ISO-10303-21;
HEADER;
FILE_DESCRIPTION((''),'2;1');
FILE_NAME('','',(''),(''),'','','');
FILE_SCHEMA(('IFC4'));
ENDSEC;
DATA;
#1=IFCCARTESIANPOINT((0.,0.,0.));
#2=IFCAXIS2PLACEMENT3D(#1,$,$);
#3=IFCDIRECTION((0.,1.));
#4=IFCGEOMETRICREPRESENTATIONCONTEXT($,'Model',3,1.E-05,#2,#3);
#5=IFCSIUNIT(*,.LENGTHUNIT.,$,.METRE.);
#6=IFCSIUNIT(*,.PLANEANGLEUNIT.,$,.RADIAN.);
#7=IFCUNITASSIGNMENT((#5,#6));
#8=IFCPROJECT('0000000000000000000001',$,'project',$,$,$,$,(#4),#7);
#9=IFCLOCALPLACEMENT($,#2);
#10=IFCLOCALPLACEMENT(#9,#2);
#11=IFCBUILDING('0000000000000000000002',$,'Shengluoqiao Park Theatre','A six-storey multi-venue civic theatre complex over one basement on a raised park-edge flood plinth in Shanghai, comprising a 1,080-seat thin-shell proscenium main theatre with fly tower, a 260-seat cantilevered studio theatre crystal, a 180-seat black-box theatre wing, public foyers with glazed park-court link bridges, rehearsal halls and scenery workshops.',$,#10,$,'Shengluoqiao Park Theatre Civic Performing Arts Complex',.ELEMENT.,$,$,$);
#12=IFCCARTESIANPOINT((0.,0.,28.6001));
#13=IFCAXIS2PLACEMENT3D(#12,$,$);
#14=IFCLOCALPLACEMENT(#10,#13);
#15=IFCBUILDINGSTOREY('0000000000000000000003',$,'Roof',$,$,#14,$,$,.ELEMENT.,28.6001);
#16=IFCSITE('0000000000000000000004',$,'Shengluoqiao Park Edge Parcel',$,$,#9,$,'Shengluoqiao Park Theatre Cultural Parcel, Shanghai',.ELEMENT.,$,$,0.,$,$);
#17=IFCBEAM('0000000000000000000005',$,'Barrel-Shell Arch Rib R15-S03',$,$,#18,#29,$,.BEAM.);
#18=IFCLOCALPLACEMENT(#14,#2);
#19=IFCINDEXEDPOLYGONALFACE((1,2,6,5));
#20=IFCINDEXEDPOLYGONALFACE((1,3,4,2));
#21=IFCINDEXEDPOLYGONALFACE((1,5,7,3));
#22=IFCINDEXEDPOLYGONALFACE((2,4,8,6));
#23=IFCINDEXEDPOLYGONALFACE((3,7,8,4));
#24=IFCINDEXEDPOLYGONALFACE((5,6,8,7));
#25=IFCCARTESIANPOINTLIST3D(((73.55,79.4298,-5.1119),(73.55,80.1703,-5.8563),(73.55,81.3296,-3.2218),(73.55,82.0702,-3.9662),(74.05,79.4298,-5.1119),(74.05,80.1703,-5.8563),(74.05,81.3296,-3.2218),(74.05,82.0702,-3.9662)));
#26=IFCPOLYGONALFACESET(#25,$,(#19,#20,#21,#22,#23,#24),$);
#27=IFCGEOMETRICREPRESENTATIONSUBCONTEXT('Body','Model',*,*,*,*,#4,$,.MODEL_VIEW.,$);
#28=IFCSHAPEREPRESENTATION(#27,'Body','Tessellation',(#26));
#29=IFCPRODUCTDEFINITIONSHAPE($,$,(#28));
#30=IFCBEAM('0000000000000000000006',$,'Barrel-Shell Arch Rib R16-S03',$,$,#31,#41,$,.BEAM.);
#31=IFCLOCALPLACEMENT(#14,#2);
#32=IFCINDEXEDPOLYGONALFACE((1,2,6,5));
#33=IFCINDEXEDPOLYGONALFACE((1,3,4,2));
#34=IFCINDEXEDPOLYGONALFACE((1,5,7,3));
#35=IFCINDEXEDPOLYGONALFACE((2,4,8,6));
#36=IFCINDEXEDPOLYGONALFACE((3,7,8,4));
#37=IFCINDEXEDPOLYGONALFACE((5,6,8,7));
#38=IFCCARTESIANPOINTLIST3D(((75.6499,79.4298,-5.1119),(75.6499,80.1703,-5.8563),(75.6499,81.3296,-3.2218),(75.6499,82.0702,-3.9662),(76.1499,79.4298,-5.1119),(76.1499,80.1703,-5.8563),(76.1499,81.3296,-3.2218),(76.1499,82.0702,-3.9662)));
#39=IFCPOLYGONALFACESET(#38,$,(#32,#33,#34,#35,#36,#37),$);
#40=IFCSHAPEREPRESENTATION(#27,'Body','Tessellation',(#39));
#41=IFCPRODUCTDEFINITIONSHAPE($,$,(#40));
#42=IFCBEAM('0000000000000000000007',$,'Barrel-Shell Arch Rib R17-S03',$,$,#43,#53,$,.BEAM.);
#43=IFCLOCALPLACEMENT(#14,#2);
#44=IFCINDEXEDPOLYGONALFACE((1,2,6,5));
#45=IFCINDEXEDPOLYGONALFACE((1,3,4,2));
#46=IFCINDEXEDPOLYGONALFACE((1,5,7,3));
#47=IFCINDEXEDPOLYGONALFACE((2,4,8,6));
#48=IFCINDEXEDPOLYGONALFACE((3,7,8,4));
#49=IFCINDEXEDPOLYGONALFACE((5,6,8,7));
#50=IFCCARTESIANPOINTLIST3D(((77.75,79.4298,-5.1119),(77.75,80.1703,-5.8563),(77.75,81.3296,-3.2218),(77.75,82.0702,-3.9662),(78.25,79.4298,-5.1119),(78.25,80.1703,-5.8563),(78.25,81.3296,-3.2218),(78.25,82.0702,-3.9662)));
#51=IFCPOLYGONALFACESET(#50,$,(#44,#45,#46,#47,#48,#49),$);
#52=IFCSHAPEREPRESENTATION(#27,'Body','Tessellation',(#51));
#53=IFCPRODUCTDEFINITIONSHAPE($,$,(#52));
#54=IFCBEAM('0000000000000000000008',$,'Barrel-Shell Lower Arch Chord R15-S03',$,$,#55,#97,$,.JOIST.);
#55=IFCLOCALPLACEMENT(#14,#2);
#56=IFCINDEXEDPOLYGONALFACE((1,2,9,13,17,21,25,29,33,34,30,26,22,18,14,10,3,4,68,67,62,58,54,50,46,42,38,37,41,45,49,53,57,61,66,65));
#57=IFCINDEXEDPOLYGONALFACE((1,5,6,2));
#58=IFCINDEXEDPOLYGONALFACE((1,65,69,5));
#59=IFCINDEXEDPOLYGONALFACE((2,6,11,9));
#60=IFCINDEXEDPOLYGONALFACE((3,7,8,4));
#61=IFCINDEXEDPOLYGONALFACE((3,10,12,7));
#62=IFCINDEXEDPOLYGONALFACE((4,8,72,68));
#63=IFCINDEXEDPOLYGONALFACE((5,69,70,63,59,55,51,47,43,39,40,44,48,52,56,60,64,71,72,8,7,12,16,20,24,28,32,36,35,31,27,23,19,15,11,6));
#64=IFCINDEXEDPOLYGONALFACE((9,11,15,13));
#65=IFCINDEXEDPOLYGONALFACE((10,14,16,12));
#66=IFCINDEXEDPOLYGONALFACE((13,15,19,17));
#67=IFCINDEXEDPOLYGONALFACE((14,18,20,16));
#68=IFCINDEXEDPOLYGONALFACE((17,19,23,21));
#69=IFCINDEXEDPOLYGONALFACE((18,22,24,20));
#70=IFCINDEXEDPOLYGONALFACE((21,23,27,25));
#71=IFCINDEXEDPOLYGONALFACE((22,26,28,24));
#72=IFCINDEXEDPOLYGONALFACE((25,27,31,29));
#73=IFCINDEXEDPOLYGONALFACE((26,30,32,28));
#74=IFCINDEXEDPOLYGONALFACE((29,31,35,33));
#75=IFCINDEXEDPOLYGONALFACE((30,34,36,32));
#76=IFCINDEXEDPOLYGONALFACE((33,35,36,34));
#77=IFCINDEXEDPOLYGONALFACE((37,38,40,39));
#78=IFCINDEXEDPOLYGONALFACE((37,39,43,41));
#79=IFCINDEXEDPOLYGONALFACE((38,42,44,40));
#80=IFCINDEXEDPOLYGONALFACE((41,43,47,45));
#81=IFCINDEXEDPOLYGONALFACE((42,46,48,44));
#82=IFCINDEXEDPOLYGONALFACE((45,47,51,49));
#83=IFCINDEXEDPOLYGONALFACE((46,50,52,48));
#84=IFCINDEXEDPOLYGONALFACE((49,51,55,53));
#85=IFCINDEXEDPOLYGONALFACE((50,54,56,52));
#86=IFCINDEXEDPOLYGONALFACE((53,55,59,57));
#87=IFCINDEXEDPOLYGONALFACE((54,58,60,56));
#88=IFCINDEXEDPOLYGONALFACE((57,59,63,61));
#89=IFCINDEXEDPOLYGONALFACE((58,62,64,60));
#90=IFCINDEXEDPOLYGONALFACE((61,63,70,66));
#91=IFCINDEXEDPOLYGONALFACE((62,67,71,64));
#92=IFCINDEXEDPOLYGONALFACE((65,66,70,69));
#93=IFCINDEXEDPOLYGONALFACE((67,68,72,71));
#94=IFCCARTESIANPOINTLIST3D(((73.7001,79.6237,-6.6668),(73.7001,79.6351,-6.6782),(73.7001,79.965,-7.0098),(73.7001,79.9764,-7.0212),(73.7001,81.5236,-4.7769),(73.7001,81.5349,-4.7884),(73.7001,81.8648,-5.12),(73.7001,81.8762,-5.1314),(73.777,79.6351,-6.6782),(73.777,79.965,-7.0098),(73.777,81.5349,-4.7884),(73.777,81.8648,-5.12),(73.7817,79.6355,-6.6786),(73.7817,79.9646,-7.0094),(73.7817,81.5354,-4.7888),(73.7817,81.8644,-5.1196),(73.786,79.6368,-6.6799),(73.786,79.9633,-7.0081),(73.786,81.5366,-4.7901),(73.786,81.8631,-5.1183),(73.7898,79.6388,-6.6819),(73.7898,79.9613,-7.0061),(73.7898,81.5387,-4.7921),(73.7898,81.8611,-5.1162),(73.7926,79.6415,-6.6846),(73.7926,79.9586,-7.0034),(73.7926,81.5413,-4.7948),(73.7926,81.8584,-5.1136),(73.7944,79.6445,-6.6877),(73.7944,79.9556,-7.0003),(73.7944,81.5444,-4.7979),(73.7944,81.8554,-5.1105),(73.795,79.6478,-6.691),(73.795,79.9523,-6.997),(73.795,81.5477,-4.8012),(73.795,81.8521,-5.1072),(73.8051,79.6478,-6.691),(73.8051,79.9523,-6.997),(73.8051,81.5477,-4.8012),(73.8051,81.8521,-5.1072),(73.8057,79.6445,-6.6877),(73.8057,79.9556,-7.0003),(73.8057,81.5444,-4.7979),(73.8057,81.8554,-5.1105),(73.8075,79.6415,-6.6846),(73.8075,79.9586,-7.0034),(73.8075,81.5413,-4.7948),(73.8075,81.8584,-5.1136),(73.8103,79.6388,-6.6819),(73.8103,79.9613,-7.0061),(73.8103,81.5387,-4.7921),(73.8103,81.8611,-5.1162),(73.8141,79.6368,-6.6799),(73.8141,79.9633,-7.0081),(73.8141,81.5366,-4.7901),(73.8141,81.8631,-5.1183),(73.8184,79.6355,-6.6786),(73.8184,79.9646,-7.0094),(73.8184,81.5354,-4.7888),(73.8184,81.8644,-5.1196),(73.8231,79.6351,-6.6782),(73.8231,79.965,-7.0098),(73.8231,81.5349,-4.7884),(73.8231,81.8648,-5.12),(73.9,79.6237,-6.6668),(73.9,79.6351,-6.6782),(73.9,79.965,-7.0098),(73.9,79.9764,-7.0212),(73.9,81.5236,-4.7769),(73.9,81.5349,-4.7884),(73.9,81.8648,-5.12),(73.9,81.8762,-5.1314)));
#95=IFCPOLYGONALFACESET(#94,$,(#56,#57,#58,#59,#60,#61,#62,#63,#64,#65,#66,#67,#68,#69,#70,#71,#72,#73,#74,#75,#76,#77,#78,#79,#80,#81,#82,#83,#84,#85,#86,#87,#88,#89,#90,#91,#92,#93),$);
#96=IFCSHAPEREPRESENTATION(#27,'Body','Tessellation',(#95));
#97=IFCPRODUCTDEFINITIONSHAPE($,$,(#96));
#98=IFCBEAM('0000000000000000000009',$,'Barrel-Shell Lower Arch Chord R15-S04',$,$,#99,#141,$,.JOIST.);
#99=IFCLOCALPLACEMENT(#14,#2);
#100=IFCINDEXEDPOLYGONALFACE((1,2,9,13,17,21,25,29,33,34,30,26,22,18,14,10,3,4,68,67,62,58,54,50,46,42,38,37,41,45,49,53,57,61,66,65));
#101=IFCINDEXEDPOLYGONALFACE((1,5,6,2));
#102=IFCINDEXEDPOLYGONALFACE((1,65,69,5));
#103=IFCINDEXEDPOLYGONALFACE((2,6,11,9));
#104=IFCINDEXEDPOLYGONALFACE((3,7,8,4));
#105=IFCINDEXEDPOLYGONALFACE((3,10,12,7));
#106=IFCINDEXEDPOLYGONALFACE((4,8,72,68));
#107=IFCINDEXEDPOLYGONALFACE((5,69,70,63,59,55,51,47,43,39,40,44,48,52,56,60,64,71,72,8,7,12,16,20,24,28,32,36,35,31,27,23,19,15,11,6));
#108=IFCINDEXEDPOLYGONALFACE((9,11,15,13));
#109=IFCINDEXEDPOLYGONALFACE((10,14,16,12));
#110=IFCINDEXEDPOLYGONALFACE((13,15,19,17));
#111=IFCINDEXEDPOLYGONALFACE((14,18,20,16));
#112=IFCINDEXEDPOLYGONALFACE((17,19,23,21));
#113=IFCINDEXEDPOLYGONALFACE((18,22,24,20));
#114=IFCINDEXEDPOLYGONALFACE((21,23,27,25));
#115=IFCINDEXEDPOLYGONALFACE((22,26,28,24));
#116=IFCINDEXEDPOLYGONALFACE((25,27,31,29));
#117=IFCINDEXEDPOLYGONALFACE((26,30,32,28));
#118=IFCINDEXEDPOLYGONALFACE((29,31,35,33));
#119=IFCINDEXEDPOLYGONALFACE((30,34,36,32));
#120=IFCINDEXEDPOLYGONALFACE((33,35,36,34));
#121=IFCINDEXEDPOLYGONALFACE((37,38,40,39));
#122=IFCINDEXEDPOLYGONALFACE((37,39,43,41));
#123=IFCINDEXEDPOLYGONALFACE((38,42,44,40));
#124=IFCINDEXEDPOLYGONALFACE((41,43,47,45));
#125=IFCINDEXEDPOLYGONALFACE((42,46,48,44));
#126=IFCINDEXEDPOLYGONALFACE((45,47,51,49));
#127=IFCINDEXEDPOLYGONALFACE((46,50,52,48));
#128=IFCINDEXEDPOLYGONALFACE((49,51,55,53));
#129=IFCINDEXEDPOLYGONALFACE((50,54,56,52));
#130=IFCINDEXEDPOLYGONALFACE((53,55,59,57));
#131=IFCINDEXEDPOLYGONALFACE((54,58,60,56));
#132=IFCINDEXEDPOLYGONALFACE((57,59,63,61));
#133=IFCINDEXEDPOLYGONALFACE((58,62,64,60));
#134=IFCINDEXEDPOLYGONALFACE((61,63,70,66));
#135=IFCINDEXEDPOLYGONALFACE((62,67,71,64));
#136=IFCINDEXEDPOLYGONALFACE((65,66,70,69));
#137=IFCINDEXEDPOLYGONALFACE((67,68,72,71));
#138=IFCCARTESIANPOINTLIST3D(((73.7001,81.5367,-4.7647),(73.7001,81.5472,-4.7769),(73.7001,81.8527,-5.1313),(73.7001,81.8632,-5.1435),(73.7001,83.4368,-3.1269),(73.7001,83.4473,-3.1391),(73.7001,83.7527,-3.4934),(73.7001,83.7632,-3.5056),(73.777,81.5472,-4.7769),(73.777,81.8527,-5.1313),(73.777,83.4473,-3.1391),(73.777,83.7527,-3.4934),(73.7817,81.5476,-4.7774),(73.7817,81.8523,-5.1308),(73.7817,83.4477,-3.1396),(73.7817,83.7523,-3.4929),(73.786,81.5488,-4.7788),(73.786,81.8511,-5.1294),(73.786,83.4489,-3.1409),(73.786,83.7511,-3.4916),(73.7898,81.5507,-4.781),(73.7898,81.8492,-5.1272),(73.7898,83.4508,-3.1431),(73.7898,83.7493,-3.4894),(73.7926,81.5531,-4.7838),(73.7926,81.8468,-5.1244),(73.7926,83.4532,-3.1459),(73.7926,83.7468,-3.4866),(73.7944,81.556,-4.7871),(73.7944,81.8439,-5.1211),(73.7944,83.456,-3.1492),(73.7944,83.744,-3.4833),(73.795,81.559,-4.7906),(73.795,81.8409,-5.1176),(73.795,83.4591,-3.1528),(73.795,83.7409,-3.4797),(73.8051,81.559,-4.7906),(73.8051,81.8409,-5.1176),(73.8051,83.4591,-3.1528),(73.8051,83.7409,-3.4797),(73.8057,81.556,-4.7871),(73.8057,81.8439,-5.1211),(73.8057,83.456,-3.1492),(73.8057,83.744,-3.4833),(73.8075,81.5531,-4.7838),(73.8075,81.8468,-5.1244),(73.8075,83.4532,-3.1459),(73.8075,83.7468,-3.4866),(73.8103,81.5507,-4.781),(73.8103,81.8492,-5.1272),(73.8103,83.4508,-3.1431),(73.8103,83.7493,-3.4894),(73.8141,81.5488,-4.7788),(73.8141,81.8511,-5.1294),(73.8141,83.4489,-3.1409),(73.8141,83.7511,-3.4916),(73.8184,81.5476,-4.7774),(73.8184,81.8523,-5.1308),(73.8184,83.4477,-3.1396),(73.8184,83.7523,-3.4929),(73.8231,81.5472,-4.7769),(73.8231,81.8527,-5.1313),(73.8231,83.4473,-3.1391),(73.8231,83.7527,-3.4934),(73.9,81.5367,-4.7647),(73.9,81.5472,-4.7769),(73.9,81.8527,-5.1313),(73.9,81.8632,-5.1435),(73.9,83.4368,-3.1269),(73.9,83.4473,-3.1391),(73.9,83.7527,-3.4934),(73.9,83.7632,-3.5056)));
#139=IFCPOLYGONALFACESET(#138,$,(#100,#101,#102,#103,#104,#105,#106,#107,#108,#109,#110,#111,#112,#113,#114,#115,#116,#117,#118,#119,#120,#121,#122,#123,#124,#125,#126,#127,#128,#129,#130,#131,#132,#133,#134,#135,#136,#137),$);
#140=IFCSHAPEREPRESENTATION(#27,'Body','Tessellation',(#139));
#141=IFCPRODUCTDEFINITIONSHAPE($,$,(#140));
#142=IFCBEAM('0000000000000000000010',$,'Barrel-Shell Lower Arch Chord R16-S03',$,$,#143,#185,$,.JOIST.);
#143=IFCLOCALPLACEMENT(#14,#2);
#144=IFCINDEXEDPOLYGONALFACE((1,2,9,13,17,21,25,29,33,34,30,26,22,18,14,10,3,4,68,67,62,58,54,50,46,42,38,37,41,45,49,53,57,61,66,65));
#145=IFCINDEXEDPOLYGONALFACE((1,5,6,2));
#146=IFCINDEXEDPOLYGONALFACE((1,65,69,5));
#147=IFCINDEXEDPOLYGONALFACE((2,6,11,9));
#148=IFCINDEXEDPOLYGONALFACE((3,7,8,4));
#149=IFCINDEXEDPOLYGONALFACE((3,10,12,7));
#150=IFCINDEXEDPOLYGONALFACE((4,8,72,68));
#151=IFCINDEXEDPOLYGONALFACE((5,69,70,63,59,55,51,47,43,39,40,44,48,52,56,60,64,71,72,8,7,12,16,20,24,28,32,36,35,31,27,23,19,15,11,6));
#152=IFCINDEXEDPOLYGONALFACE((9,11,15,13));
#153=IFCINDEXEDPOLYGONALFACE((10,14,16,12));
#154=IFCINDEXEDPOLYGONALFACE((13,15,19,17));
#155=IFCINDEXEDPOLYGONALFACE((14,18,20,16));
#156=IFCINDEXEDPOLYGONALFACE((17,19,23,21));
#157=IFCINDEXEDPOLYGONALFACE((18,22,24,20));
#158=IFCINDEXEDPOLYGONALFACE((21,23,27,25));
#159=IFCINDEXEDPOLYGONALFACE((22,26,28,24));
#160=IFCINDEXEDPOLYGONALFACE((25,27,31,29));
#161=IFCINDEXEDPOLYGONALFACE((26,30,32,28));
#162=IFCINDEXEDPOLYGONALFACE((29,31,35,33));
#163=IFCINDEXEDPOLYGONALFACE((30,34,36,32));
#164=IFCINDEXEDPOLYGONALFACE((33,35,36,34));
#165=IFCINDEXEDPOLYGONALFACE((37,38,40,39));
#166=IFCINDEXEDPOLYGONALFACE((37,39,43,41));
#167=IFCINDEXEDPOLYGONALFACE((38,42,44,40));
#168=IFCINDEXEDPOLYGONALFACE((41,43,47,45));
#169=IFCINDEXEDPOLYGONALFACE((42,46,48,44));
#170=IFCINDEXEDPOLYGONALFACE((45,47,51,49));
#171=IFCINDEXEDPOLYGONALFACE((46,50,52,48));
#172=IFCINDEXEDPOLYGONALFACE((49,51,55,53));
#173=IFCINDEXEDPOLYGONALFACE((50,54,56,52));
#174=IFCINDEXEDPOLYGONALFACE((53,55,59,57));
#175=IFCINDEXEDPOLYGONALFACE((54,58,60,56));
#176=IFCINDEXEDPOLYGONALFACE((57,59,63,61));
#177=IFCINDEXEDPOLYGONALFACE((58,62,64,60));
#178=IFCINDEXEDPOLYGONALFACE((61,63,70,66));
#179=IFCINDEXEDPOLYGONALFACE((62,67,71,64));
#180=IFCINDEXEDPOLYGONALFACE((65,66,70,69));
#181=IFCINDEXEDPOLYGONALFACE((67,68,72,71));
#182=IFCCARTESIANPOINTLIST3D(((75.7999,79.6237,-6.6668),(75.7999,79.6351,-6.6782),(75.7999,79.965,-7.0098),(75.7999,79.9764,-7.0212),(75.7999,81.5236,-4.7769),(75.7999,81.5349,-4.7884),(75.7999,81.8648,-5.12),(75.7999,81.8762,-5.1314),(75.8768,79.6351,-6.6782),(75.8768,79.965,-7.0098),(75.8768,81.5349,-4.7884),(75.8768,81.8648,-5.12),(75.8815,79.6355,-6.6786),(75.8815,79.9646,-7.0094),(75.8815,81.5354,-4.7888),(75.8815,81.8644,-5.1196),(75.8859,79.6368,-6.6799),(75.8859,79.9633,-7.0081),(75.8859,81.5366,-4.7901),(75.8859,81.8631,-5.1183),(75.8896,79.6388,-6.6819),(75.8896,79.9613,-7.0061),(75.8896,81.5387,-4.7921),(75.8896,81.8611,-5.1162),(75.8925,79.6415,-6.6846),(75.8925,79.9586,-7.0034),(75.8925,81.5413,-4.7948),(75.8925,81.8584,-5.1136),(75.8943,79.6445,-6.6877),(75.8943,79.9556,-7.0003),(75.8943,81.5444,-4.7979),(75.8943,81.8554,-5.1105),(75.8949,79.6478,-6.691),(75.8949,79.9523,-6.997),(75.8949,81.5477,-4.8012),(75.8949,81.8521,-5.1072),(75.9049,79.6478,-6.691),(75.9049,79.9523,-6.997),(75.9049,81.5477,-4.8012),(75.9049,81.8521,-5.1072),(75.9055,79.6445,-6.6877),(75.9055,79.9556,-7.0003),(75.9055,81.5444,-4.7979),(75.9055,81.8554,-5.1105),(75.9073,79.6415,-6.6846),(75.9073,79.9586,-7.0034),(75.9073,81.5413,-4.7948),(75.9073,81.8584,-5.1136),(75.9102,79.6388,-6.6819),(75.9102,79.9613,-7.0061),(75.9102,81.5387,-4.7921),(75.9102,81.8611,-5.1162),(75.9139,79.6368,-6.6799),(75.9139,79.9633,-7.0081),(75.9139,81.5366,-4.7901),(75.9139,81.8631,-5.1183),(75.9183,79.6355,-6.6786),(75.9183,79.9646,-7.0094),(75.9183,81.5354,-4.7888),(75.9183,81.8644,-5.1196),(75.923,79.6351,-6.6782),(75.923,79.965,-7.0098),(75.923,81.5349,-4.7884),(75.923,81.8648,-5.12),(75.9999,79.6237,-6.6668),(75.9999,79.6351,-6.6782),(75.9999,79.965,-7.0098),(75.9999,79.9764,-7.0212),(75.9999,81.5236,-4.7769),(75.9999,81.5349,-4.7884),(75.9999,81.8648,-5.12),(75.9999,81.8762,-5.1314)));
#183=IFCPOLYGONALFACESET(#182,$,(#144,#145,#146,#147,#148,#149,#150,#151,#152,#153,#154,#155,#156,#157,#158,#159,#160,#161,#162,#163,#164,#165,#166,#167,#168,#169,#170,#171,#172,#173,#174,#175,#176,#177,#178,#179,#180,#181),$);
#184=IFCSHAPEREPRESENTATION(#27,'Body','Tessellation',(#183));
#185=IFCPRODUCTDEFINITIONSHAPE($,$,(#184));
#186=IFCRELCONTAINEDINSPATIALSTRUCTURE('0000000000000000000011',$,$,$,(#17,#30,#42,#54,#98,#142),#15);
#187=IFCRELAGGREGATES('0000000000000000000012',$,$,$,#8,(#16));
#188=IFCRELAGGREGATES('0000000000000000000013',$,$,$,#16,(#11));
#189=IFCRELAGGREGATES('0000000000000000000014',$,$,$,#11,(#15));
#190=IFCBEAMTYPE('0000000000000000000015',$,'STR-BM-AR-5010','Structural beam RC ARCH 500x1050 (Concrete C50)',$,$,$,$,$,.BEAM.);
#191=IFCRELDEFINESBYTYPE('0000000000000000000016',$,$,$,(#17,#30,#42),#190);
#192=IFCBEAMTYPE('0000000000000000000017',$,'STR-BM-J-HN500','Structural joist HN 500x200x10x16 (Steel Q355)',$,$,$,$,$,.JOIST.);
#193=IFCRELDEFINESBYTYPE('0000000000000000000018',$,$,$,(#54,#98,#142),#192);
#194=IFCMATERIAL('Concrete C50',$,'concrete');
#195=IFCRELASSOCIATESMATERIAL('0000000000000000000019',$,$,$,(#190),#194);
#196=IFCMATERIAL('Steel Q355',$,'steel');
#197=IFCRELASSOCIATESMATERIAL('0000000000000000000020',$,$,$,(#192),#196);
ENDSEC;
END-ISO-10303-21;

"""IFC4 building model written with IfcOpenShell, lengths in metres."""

from ifc_helpers import new_model, si_unit, direction, frame, origin, origin_2d, place, context, subcontext, project, spatial, rectangle, i_section, extrude, material, material_profile, profile_set, type_object, element, save


model = new_model("IFC4")

# Units and contexts
model_context = context("Model", 3, precision=1e-05, world=origin(), true_north=direction((0.0, 1.0)))
body_context = subcontext(model_context, "Body", "Model", "MODEL_VIEW")
ifc_project = project(units=[si_unit("LENGTHUNIT", "METRE"), si_unit("PLANEANGLEUNIT", "RADIAN")], contexts=[model_context])

# Site, building, storey
site_placement = place(None, origin())
site = spatial("IfcSite", under=ifc_project, at=site_placement, Name="Shengluoqiao Park Edge Parcel", LongName="Shengluoqiao Park Theatre Cultural Parcel, Shanghai", CompositionType="ELEMENT", RefElevation=0.0)
building_placement = place(site_placement, origin())
building = spatial("IfcBuilding", under=site, at=building_placement, Name="Shengluoqiao Park Theatre", Description="A six-storey multi-venue civic theatre complex over one basement on a raised park-edge flood plinth in Shanghai, comprising a 1,080-seat thin-shell proscenium main theatre with fly tower, a 260-seat cantilevered studio theatre crystal, a 180-seat black-box theatre wing, public foyers with glazed park-court link bridges, rehearsal halls and scenery workshops.", LongName="Shengluoqiao Park Theatre Civic Performing Arts Complex", CompositionType="ELEMENT")
storey_placement = place(building_placement, frame((0.0, 0.0, 28.6001)))
storey = spatial("IfcBuildingStorey", under=building, at=storey_placement, Name="Roof", CompositionType="ELEMENT", Elevation=28.6001)

# Beams
ifc_material_1 = material(Name="Concrete C50", Category="concrete")
ifc_material_profile_1 = material_profile(ifc_material_1, rectangle(XDim=0.5, YDim=1.05, at=origin_2d()), Name="RC ARCH 500x1050")
ifc_profile_set_1 = profile_set([ifc_material_profile_1], Name="Concrete C50")
beam_type_1 = type_object("IfcBeamType", Name="STR-BM-AR-5010", Description="Structural beam RC ARCH 500x1050 (Concrete C50)", PredefinedType="BEAM", material=ifc_profile_set_1)
for number, where, z_axis, x_axis, name in (
    (1, (73.8, 79.8, -5.4841), (0.0, 0.708926, 0.705282), (-1.0, 0.0, 0.0), "Barrel-Shell Arch Rib R15-S03"),
    (2, (75.8999, 79.8, -5.4841), (0.0, 0.708926, 0.705282), (-1.0, 0.0, 0.0), "Barrel-Shell Arch Rib R16-S03"),
    (3, (78.0, 79.8, -5.4841), (0.0, 0.708926, 0.705282), (-1.0, 0.0, 0.0), "Barrel-Shell Arch Rib R17-S03"),
):
    element("IfcBeam", number, at=place(storey_placement, frame(where, z_axis=z_axis, x_axis=x_axis)), inside=storey, type_object=beam_type_1, Name=name, PredefinedType="BEAM", context=body_context, shape_type="SweptSolid", body=[
        extrude(rectangle(XDim=0.5, YDim=1.05, at=origin_2d()), origin(), (0.0, 0.0, 1.0), 2.6799),
    ])
ifc_material_2 = material(Name="Steel Q355", Category="steel")
ifc_material_profile_2 = material_profile(ifc_material_2, i_section(OverallWidth=0.2, OverallDepth=0.5, WebThickness=0.01, FlangeThickness=0.0161, FilletRadius=0.0181, at=origin_2d()), Name="HN 500x200x10x16")
ifc_profile_set_2 = profile_set([ifc_material_profile_2], Name="Steel Q355")
beam_type_2 = type_object("IfcBeamType", Name="STR-BM-J-HN500", Description="Structural joist HN 500x200x10x16 (Steel Q355)", PredefinedType="JOIST", material=ifc_profile_set_2)
beam_1_placement = place(storey_placement, frame((73.8, 79.8, -6.844), z_axis=(0.0, 0.708972, 0.705237), x_axis=(-1.0, 0.0, 0.0)))
element("IfcBeam", 4, at=beam_1_placement, inside=storey, type_object=beam_type_2, Name="Barrel-Shell Lower Arch Chord R15-S03", PredefinedType="JOIST", context=body_context, shape_type="SweptSolid", body=[
    extrude(i_section(OverallWidth=0.2, OverallDepth=0.5, WebThickness=0.01, FlangeThickness=0.0161, FilletRadius=0.0181, at=origin_2d()), origin(), (0.0, 0.0, 1.0), 2.6797),
])
beam_2_placement = place(storey_placement, frame((73.8, 81.7, -4.9541), z_axis=(0.0, 0.757433, 0.652913), x_axis=(-1.0, 0.0, 0.0)))
element("IfcBeam", 5, at=beam_2_placement, inside=storey, type_object=beam_type_2, Name="Barrel-Shell Lower Arch Chord R15-S04", PredefinedType="JOIST", context=body_context, shape_type="SweptSolid", body=[
    extrude(i_section(OverallWidth=0.2, OverallDepth=0.5, WebThickness=0.01, FlangeThickness=0.0161, FilletRadius=0.0181, at=origin_2d()), origin(), (0.0, 0.0, 1.0), 2.5085),
])
beam_3_placement = place(storey_placement, frame((75.8999, 79.8, -6.844), z_axis=(0.0, 0.708972, 0.705237), x_axis=(-1.0, 0.0, 0.0)))
element("IfcBeam", 6, at=beam_3_placement, inside=storey, type_object=beam_type_2, Name="Barrel-Shell Lower Arch Chord R16-S03", PredefinedType="JOIST", context=body_context, shape_type="SweptSolid", body=[
    extrude(i_section(OverallWidth=0.2, OverallDepth=0.5, WebThickness=0.01, FlangeThickness=0.0161, FilletRadius=0.0181, at=origin_2d()), origin(), (0.0, 0.0, 1.0), 2.6797),
])

save(model, "model.ifc")
